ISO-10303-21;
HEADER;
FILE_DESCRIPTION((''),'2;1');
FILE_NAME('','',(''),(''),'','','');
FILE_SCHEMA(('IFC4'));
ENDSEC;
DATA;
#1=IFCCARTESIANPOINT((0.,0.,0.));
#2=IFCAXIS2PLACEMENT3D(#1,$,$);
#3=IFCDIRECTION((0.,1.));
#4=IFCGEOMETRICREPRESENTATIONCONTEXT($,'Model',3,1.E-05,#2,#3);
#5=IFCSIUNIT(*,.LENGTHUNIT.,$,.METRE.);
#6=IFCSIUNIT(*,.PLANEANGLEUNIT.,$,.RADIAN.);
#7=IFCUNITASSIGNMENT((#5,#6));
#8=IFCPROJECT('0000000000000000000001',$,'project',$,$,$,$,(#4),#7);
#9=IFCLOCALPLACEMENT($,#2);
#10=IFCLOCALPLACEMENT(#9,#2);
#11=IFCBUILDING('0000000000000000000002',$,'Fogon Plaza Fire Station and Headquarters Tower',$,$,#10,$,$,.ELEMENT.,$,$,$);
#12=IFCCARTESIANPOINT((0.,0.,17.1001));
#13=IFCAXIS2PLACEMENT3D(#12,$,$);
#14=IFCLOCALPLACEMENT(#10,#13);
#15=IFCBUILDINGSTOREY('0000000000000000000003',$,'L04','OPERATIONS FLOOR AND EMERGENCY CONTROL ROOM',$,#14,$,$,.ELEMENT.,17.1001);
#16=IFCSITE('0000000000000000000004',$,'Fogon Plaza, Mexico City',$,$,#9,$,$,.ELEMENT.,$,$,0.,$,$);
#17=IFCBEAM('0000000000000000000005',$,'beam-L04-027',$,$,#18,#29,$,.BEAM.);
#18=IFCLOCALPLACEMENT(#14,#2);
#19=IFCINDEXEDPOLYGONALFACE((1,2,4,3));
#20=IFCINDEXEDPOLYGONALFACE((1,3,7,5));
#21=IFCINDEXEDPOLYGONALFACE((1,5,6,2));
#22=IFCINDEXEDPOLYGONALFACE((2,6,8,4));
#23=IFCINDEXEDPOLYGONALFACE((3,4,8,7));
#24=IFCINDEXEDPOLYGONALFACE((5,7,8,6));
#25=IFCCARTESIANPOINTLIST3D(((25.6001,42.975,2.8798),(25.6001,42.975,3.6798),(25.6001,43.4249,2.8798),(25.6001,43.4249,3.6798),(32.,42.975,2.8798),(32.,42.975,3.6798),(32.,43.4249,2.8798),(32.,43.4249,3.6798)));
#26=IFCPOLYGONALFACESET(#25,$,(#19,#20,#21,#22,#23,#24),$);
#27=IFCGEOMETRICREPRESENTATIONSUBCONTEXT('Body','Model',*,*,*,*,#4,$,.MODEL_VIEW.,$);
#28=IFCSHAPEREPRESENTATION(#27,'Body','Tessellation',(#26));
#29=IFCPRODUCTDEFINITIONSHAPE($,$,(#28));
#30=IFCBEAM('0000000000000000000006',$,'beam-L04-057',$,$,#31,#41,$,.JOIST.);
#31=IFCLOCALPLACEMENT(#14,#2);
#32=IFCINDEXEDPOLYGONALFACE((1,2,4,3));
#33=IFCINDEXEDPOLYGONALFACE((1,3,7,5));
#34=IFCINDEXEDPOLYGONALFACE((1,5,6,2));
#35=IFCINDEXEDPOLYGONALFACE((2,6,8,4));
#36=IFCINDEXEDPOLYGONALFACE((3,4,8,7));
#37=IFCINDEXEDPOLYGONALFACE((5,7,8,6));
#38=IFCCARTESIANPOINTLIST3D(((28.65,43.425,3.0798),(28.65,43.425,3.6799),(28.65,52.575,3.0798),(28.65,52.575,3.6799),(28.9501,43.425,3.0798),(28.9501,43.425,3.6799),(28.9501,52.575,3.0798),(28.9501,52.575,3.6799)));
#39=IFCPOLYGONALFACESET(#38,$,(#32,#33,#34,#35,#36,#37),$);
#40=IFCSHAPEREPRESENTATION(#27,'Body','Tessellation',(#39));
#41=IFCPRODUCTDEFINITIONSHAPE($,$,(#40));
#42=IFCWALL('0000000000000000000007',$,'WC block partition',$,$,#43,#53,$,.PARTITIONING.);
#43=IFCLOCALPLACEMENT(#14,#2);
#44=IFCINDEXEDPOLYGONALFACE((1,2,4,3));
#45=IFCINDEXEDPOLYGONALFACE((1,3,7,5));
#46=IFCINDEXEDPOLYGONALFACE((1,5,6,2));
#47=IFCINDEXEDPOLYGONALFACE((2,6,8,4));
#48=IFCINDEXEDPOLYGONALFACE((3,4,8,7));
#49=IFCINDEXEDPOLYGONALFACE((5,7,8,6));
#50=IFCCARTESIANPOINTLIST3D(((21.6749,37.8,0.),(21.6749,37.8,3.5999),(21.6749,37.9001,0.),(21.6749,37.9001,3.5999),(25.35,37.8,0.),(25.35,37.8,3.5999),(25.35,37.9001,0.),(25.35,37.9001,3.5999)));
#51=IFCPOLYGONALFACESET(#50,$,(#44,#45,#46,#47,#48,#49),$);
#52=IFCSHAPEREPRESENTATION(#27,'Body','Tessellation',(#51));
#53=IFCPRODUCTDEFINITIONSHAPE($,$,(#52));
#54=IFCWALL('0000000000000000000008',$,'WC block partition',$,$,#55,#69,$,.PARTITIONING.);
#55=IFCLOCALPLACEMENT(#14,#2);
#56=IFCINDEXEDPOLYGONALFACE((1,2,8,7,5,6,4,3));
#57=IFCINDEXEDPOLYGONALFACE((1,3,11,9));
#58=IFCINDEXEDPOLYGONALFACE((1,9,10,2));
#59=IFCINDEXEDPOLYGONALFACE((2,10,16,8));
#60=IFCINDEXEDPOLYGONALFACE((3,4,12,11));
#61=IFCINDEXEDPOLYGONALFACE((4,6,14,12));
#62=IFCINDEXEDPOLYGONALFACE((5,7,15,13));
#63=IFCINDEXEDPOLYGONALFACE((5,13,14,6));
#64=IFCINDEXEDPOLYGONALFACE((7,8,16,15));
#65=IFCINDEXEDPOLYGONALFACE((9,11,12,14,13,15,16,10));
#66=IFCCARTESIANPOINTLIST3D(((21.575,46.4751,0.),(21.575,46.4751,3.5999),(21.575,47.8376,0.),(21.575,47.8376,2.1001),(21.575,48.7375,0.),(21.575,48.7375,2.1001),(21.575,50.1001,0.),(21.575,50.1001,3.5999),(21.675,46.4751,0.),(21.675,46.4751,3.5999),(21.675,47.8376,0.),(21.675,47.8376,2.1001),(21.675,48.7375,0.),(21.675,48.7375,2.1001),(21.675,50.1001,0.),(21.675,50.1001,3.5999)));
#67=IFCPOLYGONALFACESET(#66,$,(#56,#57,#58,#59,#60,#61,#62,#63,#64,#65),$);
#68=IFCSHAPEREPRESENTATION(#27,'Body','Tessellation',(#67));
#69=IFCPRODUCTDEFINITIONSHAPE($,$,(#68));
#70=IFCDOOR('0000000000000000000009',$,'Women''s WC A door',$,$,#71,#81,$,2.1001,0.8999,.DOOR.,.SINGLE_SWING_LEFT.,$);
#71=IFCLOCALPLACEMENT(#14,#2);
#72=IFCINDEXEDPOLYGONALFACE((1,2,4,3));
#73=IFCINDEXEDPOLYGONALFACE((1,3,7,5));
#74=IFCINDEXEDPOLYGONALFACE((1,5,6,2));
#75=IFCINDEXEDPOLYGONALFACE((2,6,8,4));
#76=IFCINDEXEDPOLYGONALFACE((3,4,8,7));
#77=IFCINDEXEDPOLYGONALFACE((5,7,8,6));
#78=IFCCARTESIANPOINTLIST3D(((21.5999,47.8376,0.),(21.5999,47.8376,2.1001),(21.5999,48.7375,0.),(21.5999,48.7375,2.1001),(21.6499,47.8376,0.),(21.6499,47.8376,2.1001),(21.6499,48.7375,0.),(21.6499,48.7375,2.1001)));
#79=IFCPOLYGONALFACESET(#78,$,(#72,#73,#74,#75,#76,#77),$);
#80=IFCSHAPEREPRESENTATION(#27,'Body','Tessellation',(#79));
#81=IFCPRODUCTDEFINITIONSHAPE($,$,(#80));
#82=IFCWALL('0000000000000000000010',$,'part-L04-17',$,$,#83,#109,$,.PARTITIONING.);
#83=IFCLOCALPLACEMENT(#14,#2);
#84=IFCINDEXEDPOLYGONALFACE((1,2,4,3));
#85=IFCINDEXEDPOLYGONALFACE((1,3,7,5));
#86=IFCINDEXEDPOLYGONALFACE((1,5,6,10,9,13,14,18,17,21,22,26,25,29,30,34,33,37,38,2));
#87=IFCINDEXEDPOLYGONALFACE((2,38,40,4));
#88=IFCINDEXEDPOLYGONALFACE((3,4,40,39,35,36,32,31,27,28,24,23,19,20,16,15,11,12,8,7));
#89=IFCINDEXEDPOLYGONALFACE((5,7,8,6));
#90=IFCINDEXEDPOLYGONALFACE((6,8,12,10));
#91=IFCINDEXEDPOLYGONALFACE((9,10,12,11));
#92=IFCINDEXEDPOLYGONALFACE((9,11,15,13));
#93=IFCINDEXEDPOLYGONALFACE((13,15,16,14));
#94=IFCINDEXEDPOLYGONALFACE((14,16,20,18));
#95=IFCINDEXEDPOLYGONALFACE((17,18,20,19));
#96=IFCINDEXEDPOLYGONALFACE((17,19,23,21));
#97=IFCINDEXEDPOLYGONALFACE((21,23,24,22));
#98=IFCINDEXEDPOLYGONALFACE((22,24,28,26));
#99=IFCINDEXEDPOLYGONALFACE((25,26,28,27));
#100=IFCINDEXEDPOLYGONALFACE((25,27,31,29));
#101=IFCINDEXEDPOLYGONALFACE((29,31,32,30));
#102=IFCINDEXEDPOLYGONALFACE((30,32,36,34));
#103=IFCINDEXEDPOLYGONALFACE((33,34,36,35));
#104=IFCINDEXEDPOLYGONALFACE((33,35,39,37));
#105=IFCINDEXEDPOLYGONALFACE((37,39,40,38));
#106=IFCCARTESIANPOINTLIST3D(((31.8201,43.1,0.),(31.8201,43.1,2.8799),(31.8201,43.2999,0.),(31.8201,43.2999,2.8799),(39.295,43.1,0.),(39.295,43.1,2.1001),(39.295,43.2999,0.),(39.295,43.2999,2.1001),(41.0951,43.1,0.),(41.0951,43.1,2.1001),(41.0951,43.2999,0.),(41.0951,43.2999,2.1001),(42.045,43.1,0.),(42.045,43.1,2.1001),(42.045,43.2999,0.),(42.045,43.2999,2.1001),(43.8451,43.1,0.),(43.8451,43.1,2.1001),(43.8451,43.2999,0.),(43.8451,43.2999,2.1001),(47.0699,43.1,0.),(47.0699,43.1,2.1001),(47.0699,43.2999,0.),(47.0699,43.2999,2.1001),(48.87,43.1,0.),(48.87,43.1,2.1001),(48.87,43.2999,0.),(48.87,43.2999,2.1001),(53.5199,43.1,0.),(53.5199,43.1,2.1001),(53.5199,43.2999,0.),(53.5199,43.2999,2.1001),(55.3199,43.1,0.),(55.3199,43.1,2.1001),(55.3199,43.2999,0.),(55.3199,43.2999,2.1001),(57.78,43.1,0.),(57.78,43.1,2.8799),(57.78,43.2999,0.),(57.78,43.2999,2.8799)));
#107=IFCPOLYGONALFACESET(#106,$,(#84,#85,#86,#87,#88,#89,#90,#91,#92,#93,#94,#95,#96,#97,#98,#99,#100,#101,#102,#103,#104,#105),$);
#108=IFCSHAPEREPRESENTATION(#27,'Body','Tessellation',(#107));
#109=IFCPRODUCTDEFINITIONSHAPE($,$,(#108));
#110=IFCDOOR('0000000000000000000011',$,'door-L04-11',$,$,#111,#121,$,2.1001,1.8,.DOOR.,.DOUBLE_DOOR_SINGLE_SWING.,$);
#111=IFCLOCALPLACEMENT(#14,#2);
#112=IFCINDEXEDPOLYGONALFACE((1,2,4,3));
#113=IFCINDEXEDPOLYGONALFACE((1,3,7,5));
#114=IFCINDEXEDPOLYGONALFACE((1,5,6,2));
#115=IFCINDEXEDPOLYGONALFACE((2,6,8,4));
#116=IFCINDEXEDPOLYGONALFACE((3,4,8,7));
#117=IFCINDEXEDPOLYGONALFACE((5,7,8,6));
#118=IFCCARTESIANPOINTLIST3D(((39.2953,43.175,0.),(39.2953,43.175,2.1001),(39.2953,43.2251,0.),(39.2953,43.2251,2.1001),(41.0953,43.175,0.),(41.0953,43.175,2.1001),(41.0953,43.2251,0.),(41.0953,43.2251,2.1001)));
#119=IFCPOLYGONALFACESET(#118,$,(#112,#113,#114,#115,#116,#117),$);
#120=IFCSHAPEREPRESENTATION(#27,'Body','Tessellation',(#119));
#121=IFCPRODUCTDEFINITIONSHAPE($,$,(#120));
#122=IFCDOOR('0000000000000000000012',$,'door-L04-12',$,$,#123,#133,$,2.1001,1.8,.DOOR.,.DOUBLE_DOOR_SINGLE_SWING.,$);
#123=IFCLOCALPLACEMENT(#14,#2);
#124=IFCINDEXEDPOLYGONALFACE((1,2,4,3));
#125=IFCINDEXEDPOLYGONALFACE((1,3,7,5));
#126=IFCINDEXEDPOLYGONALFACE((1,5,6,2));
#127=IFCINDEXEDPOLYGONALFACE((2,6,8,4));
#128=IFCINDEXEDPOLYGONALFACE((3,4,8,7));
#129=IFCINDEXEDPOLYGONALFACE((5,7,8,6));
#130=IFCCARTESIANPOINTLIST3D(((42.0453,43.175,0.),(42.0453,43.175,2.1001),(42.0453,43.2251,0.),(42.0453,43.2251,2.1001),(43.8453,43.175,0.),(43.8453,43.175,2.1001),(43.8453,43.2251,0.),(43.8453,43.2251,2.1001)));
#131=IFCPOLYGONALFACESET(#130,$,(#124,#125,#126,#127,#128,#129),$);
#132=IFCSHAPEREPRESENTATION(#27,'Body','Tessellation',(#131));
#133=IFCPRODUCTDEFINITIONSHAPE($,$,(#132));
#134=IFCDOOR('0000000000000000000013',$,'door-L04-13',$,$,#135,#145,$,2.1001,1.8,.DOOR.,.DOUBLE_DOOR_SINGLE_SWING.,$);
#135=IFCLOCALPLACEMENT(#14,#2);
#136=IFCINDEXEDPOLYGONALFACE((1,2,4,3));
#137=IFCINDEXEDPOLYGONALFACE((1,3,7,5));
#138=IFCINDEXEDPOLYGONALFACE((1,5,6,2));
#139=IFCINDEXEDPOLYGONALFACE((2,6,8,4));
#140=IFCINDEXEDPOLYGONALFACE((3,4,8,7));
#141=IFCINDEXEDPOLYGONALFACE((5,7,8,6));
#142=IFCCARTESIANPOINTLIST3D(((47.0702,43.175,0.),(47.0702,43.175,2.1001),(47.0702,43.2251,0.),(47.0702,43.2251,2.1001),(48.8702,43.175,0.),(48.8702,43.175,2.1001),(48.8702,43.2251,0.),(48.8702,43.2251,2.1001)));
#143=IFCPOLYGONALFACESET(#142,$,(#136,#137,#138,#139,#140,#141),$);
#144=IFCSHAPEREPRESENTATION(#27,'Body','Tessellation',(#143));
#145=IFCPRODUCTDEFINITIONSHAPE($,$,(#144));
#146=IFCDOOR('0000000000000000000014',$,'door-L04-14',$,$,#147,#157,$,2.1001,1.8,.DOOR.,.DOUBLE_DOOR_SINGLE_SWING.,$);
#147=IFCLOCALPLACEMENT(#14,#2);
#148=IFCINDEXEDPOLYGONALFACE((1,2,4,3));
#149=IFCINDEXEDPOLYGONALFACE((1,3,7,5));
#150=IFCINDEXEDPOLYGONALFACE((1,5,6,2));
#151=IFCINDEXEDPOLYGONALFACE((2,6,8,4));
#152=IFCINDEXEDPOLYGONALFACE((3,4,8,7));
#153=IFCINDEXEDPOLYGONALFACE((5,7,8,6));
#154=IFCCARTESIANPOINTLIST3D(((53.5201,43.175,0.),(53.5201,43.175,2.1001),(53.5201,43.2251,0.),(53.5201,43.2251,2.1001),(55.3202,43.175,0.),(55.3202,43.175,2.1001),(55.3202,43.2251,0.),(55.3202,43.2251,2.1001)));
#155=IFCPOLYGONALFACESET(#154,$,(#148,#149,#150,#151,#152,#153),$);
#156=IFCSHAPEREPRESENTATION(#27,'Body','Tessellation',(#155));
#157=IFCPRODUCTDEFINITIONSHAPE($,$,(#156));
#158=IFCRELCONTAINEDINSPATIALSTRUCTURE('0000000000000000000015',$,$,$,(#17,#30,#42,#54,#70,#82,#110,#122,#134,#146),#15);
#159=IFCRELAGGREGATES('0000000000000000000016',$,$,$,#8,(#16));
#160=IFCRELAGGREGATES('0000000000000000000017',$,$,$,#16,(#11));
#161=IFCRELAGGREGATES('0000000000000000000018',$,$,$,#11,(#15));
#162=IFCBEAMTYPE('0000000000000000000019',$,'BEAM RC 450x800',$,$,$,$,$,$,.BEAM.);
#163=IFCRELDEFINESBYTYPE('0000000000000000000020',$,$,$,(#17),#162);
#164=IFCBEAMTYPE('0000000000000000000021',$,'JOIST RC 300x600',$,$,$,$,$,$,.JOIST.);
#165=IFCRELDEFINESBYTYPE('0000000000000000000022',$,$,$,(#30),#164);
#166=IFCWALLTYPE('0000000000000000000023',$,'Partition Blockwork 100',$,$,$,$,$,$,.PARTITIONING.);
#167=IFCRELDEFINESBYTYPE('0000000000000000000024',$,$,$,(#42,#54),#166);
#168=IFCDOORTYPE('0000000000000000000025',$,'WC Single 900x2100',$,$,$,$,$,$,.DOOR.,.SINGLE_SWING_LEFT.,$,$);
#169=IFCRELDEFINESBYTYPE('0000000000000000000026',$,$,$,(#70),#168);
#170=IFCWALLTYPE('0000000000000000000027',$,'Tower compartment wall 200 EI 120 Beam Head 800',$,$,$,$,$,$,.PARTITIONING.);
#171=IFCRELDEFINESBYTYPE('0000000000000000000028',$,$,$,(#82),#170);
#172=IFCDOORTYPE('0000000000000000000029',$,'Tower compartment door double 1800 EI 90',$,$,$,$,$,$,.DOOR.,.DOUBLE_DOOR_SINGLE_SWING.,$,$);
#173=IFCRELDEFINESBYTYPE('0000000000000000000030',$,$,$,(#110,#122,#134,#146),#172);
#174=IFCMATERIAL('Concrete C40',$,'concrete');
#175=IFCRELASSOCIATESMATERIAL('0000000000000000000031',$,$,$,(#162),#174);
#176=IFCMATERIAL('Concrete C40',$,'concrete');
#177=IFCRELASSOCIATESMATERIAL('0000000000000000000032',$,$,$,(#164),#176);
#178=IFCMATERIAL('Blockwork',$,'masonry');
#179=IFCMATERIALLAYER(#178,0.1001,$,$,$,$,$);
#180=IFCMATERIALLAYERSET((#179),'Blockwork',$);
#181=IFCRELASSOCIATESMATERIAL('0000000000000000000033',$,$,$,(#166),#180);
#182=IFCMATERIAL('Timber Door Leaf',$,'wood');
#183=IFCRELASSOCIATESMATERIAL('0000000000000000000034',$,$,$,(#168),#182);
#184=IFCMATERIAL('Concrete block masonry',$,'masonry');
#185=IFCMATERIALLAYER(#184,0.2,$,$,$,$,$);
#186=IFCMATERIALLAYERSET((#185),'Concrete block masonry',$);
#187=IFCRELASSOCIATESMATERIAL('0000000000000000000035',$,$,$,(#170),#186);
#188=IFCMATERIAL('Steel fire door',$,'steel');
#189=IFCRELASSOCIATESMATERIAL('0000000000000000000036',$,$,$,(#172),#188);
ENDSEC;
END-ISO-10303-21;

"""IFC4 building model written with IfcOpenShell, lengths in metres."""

from ifc_helpers import new_model, si_unit, direction, frame, frame_2d, origin, origin_2d, place, context, subcontext, project, spatial, rectangle, extrude, material, layer, layer_set, material_profile, profile_set, type_object, element, fill, save


model = new_model("IFC4")

# Units and contexts
model_context = context("Model", 3, precision=1e-05, world=origin(), true_north=direction((0.0, 1.0)))
body_context = subcontext(model_context, "Body", "Model", "MODEL_VIEW")
ifc_project = project(units=[si_unit("LENGTHUNIT", "METRE"), si_unit("PLANEANGLEUNIT", "RADIAN")], contexts=[model_context])

# Site, building, storey
site_placement = place(None, origin())
site = spatial("IfcSite", under=ifc_project, at=site_placement, Name="Fogon Plaza, Mexico City", CompositionType="ELEMENT", RefElevation=0.0)
building_placement = place(site_placement, origin())
building = spatial("IfcBuilding", under=site, at=building_placement, Name="Fogon Plaza Fire Station and Headquarters Tower", CompositionType="ELEMENT")
storey_placement = place(building_placement, frame((0.0, 0.0, 17.1001)))
storey = spatial("IfcBuildingStorey", under=building, at=storey_placement, Name="L04", Description="OPERATIONS FLOOR AND EMERGENCY CONTROL ROOM", CompositionType="ELEMENT", Elevation=17.1001)

# Beams
ifc_material_1 = material(Name="Concrete C40", Category="concrete")
ifc_material_profile_1 = material_profile(ifc_material_1, rectangle(XDim=0.45, YDim=0.8, at=origin_2d()), Name="RC 450x800")
ifc_profile_set_1 = profile_set([ifc_material_profile_1], Name="Concrete C40")
beam_type_1 = type_object("IfcBeamType", Name="BEAM RC 450x800", PredefinedType="BEAM", material=ifc_profile_set_1)
beam_1_placement = place(storey_placement, frame((25.6001, 43.2, 3.2798), z_axis=(1.0, 0.0, 0.0), x_axis=(0.0, 1.0, 0.0)))
element("IfcBeam", 1, at=beam_1_placement, inside=storey, type_object=beam_type_1, Name="beam-L04-027", PredefinedType="BEAM", context=body_context, shape_type="SweptSolid", body=[
    extrude(rectangle(XDim=0.45, YDim=0.8, at=origin_2d()), origin(), (0.0, 0.0, 1.0), 6.3999),
])
ifc_material_2 = material(Name="Concrete C40", Category="concrete")
ifc_material_profile_2 = material_profile(ifc_material_2, rectangle(XDim=0.3, YDim=0.6001, at=origin_2d()), Name="RC 300x600")
ifc_profile_set_2 = profile_set([ifc_material_profile_2], Name="Concrete C40")
beam_type_2 = type_object("IfcBeamType", Name="JOIST RC 300x600", PredefinedType="JOIST", material=ifc_profile_set_2)
beam_2_placement = place(storey_placement, frame((28.8, 43.425, 3.3799), z_axis=(0.0, 1.0, 0.0), x_axis=(-1.0, 0.0, 0.0)))
element("IfcBeam", 2, at=beam_2_placement, inside=storey, type_object=beam_type_2, Name="beam-L04-057", PredefinedType="JOIST", context=body_context, shape_type="SweptSolid", body=[
    extrude(rectangle(XDim=0.3, YDim=0.6001, at=origin_2d()), origin(), (0.0, 0.0, 1.0), 9.1499),
])

# Wall
ifc_material_3 = material(Name="Blockwork", Category="masonry")
ifc_layer_1 = layer(ifc_material_3, 0.1001)
ifc_layer_set_1 = layer_set([ifc_layer_1], Name="Blockwork")
wall_type_1 = type_object("IfcWallType", Name="Partition Blockwork 100", PredefinedType="PARTITIONING", material=ifc_layer_set_1)
wall_1_placement = place(storey_placement, frame((21.675, 37.8501, 0.0), z_axis=(0.0, 0.0, 1.0), x_axis=(1.0, 0.0, 0.0)))
element("IfcWall", 3, at=wall_1_placement, inside=storey, type_object=wall_type_1, Name="WC block partition", PredefinedType="PARTITIONING", context=body_context, shape_type="SweptSolid", body=[
    extrude(rectangle(XDim=3.675, YDim=0.1001, at=frame_2d((1.8374, 0.0))), origin(), (0.0, 0.0, 1.0), 3.5999),
])

# Wall, opening, door
wall_2_placement = place(storey_placement, frame((21.625, 46.4751, 0.0), z_axis=(0.0, 0.0, 1.0), x_axis=(0.0, 1.0, 0.0)))
wall_2 = element("IfcWall", 4, at=wall_2_placement, inside=storey, type_object=wall_type_1, Name="WC block partition", PredefinedType="PARTITIONING", context=body_context, shape_type="SweptSolid", body=[
    extrude(rectangle(XDim=3.625, YDim=0.1001, at=frame_2d((1.8125, 0.0))), origin(), (0.0, 0.0, 1.0), 3.5999),
])
opening_1_placement = place(wall_2_placement, frame((1.3625, 0.0, 0.0)))
opening_1 = element("IfcOpeningElement", 5, at=opening_1_placement, cuts=wall_2, PredefinedType="OPENING", context=body_context, shape_type="SweptSolid", body=[
    extrude(rectangle(XDim=0.8999, YDim=2.1001, at=frame_2d((0.45, 1.05))), frame((0.0, 0.0601, 0.0), z_axis=(0.0, -1.0, 0.0), x_axis=(1.0, 0.0, 0.0)), (0.0, 0.0, 1.0), 0.1201),
])
ifc_material_4 = material(Name="Timber Door Leaf", Category="wood")
door_type_1 = type_object("IfcDoorType", Name="WC Single 900x2100", OperationType="SINGLE_SWING_LEFT", PredefinedType="DOOR", material=ifc_material_4)
door_1_placement = place(opening_1_placement, frame((0.8999, 0.0, 0.0), z_axis=(0.0, 0.0, 1.0), x_axis=(-1.0, 0.0, 0.0)))
door_1 = element("IfcDoor", 6, at=door_1_placement, inside=storey, type_object=door_type_1, Name="Women's WC A door", OperationType="SINGLE_SWING_LEFT", OverallHeight=2.1001, OverallWidth=0.8999, PredefinedType="DOOR", context=body_context, shape_type="SweptSolid", body=[
    extrude(rectangle(XDim=0.8999, YDim=2.1001, at=frame_2d((0.45, 1.05))), frame((0.0, 0.0249, 0.0), z_axis=(0.0, -1.0, 0.0), x_axis=(1.0, 0.0, 0.0)), (0.0, 0.0, 1.0), 0.05),
])
fill(opening_1, door_1)

# Wall, openings, doors
ifc_material_5 = material(Name="Concrete block masonry", Category="masonry")
ifc_layer_2 = layer(ifc_material_5, 0.2)
ifc_layer_set_2 = layer_set([ifc_layer_2], Name="Concrete block masonry")
wall_type_2 = type_object("IfcWallType", Name="Tower compartment wall 200 EI 120 Beam Head 800", PredefinedType="PARTITIONING", material=ifc_layer_set_2)
wall_3_placement = place(storey_placement, frame((31.8201, 43.2, 0.0), z_axis=(0.0, 0.0, 1.0), x_axis=(1.0, 0.0, 0.0)))
wall_3 = element("IfcWall", 7, at=wall_3_placement, inside=storey, type_object=wall_type_2, Name="part-L04-17", PredefinedType="PARTITIONING", context=body_context, shape_type="SweptSolid", body=[
    extrude(rectangle(XDim=25.96, YDim=0.2, at=frame_2d((12.98, 0.0))), origin(), (0.0, 0.0, 1.0), 2.8799),
])
opening_2_placement = place(wall_3_placement, frame((7.4751, 0.0, 0.0)))
opening_2 = element("IfcOpeningElement", 8, at=opening_2_placement, cuts=wall_3, PredefinedType="OPENING", context=body_context, shape_type="SweptSolid", body=[
    extrude(rectangle(XDim=1.8, YDim=2.1001, at=frame_2d((0.8999, 1.05))), frame((0.0, 0.1099, 0.0), z_axis=(0.0, -1.0, 0.0), x_axis=(1.0, 0.0, 0.0)), (0.0, 0.0, 1.0), 0.22),
])
opening_3_placement = place(wall_3_placement, frame((10.2251, 0.0, 0.0)))
opening_3 = element("IfcOpeningElement", 9, at=opening_3_placement, cuts=wall_3, PredefinedType="OPENING", context=body_context, shape_type="SweptSolid", body=[
    extrude(rectangle(XDim=1.8, YDim=2.1001, at=frame_2d((0.8999, 1.05))), frame((0.0, 0.1099, 0.0), z_axis=(0.0, -1.0, 0.0), x_axis=(1.0, 0.0, 0.0)), (0.0, 0.0, 1.0), 0.22),
])
opening_4_placement = place(wall_3_placement, frame((15.25, 0.0, 0.0)))
opening_4 = element("IfcOpeningElement", 10, at=opening_4_placement, cuts=wall_3, PredefinedType="OPENING", context=body_context, shape_type="SweptSolid", body=[
    extrude(rectangle(XDim=1.8, YDim=2.1001, at=frame_2d((0.8999, 1.05))), frame((0.0, 0.1099, 0.0), z_axis=(0.0, -1.0, 0.0), x_axis=(1.0, 0.0, 0.0)), (0.0, 0.0, 1.0), 0.22),
])
opening_5_placement = place(wall_3_placement, frame((21.7, 0.0, 0.0)))
opening_5 = element("IfcOpeningElement", 11, at=opening_5_placement, cuts=wall_3, PredefinedType="OPENING", context=body_context, shape_type="SweptSolid", body=[
    extrude(rectangle(XDim=1.8, YDim=2.1001, at=frame_2d((0.8999, 1.05))), frame((0.0, 0.1099, 0.0), z_axis=(0.0, -1.0, 0.0), x_axis=(1.0, 0.0, 0.0)), (0.0, 0.0, 1.0), 0.22),
])
ifc_material_6 = material(Name="Steel fire door", Category="steel")
door_type_2 = type_object("IfcDoorType", Name="Tower compartment door double 1800 EI 90", OperationType="DOUBLE_DOOR_SINGLE_SWING", PredefinedType="DOOR", material=ifc_material_6)
door_2_placement = place(opening_2_placement, frame((1.8, 0.0, 0.0), z_axis=(0.0, 0.0, 1.0), x_axis=(-1.0, 0.0, 0.0)))
door_2 = element("IfcDoor", 12, at=door_2_placement, inside=storey, type_object=door_type_2, Name="door-L04-11", OperationType="DOUBLE_DOOR_SINGLE_SWING", OverallHeight=2.1001, OverallWidth=1.8, PredefinedType="DOOR", context=body_context, shape_type="SweptSolid", body=[
    extrude(rectangle(XDim=1.8, YDim=2.1001, at=frame_2d((0.8999, 1.05))), frame((0.0, 0.0249, 0.0), z_axis=(0.0, -1.0, 0.0), x_axis=(1.0, 0.0, 0.0)), (0.0, 0.0, 1.0), 0.05),
])
fill(opening_2, door_2)
door_3_placement = place(opening_3_placement, frame((1.8, 0.0, 0.0), z_axis=(0.0, 0.0, 1.0), x_axis=(-1.0, 0.0, 0.0)))
door_3 = element("IfcDoor", 13, at=door_3_placement, inside=storey, type_object=door_type_2, Name="door-L04-12", OperationType="DOUBLE_DOOR_SINGLE_SWING", OverallHeight=2.1001, OverallWidth=1.8, PredefinedType="DOOR", context=body_context, shape_type="SweptSolid", body=[
    extrude(rectangle(XDim=1.8, YDim=2.1001, at=frame_2d((0.8999, 1.05))), frame((0.0, 0.0249, 0.0), z_axis=(0.0, -1.0, 0.0), x_axis=(1.0, 0.0, 0.0)), (0.0, 0.0, 1.0), 0.05),
])
fill(opening_3, door_3)
door_4_placement = place(opening_4_placement, frame((1.8, 0.0, 0.0), z_axis=(0.0, 0.0, 1.0), x_axis=(-1.0, 0.0, 0.0)))
door_4 = element("IfcDoor", 14, at=door_4_placement, inside=storey, type_object=door_type_2, Name="door-L04-13", OperationType="DOUBLE_DOOR_SINGLE_SWING", OverallHeight=2.1001, OverallWidth=1.8, PredefinedType="DOOR", context=body_context, shape_type="SweptSolid", body=[
    extrude(rectangle(XDim=1.8, YDim=2.1001, at=frame_2d((0.8999, 1.05))), frame((0.0, 0.0249, 0.0), z_axis=(0.0, -1.0, 0.0), x_axis=(1.0, 0.0, 0.0)), (0.0, 0.0, 1.0), 0.05),
])
fill(opening_4, door_4)
door_5_placement = place(opening_5_placement, frame((1.8, 0.0, 0.0), z_axis=(0.0, 0.0, 1.0), x_axis=(-1.0, 0.0, 0.0)))
door_5 = element("IfcDoor", 15, at=door_5_placement, inside=storey, type_object=door_type_2, Name="door-L04-14", OperationType="DOUBLE_DOOR_SINGLE_SWING", OverallHeight=2.1001, OverallWidth=1.8, PredefinedType="DOOR", context=body_context, shape_type="SweptSolid", body=[
    extrude(rectangle(XDim=1.8, YDim=2.1001, at=frame_2d((0.8999, 1.05))), frame((0.0, 0.0249, 0.0), z_axis=(0.0, -1.0, 0.0), x_axis=(1.0, 0.0, 0.0)), (0.0, 0.0, 1.0), 0.05),
])
fill(opening_5, door_5)

save(model, "model.ifc")
